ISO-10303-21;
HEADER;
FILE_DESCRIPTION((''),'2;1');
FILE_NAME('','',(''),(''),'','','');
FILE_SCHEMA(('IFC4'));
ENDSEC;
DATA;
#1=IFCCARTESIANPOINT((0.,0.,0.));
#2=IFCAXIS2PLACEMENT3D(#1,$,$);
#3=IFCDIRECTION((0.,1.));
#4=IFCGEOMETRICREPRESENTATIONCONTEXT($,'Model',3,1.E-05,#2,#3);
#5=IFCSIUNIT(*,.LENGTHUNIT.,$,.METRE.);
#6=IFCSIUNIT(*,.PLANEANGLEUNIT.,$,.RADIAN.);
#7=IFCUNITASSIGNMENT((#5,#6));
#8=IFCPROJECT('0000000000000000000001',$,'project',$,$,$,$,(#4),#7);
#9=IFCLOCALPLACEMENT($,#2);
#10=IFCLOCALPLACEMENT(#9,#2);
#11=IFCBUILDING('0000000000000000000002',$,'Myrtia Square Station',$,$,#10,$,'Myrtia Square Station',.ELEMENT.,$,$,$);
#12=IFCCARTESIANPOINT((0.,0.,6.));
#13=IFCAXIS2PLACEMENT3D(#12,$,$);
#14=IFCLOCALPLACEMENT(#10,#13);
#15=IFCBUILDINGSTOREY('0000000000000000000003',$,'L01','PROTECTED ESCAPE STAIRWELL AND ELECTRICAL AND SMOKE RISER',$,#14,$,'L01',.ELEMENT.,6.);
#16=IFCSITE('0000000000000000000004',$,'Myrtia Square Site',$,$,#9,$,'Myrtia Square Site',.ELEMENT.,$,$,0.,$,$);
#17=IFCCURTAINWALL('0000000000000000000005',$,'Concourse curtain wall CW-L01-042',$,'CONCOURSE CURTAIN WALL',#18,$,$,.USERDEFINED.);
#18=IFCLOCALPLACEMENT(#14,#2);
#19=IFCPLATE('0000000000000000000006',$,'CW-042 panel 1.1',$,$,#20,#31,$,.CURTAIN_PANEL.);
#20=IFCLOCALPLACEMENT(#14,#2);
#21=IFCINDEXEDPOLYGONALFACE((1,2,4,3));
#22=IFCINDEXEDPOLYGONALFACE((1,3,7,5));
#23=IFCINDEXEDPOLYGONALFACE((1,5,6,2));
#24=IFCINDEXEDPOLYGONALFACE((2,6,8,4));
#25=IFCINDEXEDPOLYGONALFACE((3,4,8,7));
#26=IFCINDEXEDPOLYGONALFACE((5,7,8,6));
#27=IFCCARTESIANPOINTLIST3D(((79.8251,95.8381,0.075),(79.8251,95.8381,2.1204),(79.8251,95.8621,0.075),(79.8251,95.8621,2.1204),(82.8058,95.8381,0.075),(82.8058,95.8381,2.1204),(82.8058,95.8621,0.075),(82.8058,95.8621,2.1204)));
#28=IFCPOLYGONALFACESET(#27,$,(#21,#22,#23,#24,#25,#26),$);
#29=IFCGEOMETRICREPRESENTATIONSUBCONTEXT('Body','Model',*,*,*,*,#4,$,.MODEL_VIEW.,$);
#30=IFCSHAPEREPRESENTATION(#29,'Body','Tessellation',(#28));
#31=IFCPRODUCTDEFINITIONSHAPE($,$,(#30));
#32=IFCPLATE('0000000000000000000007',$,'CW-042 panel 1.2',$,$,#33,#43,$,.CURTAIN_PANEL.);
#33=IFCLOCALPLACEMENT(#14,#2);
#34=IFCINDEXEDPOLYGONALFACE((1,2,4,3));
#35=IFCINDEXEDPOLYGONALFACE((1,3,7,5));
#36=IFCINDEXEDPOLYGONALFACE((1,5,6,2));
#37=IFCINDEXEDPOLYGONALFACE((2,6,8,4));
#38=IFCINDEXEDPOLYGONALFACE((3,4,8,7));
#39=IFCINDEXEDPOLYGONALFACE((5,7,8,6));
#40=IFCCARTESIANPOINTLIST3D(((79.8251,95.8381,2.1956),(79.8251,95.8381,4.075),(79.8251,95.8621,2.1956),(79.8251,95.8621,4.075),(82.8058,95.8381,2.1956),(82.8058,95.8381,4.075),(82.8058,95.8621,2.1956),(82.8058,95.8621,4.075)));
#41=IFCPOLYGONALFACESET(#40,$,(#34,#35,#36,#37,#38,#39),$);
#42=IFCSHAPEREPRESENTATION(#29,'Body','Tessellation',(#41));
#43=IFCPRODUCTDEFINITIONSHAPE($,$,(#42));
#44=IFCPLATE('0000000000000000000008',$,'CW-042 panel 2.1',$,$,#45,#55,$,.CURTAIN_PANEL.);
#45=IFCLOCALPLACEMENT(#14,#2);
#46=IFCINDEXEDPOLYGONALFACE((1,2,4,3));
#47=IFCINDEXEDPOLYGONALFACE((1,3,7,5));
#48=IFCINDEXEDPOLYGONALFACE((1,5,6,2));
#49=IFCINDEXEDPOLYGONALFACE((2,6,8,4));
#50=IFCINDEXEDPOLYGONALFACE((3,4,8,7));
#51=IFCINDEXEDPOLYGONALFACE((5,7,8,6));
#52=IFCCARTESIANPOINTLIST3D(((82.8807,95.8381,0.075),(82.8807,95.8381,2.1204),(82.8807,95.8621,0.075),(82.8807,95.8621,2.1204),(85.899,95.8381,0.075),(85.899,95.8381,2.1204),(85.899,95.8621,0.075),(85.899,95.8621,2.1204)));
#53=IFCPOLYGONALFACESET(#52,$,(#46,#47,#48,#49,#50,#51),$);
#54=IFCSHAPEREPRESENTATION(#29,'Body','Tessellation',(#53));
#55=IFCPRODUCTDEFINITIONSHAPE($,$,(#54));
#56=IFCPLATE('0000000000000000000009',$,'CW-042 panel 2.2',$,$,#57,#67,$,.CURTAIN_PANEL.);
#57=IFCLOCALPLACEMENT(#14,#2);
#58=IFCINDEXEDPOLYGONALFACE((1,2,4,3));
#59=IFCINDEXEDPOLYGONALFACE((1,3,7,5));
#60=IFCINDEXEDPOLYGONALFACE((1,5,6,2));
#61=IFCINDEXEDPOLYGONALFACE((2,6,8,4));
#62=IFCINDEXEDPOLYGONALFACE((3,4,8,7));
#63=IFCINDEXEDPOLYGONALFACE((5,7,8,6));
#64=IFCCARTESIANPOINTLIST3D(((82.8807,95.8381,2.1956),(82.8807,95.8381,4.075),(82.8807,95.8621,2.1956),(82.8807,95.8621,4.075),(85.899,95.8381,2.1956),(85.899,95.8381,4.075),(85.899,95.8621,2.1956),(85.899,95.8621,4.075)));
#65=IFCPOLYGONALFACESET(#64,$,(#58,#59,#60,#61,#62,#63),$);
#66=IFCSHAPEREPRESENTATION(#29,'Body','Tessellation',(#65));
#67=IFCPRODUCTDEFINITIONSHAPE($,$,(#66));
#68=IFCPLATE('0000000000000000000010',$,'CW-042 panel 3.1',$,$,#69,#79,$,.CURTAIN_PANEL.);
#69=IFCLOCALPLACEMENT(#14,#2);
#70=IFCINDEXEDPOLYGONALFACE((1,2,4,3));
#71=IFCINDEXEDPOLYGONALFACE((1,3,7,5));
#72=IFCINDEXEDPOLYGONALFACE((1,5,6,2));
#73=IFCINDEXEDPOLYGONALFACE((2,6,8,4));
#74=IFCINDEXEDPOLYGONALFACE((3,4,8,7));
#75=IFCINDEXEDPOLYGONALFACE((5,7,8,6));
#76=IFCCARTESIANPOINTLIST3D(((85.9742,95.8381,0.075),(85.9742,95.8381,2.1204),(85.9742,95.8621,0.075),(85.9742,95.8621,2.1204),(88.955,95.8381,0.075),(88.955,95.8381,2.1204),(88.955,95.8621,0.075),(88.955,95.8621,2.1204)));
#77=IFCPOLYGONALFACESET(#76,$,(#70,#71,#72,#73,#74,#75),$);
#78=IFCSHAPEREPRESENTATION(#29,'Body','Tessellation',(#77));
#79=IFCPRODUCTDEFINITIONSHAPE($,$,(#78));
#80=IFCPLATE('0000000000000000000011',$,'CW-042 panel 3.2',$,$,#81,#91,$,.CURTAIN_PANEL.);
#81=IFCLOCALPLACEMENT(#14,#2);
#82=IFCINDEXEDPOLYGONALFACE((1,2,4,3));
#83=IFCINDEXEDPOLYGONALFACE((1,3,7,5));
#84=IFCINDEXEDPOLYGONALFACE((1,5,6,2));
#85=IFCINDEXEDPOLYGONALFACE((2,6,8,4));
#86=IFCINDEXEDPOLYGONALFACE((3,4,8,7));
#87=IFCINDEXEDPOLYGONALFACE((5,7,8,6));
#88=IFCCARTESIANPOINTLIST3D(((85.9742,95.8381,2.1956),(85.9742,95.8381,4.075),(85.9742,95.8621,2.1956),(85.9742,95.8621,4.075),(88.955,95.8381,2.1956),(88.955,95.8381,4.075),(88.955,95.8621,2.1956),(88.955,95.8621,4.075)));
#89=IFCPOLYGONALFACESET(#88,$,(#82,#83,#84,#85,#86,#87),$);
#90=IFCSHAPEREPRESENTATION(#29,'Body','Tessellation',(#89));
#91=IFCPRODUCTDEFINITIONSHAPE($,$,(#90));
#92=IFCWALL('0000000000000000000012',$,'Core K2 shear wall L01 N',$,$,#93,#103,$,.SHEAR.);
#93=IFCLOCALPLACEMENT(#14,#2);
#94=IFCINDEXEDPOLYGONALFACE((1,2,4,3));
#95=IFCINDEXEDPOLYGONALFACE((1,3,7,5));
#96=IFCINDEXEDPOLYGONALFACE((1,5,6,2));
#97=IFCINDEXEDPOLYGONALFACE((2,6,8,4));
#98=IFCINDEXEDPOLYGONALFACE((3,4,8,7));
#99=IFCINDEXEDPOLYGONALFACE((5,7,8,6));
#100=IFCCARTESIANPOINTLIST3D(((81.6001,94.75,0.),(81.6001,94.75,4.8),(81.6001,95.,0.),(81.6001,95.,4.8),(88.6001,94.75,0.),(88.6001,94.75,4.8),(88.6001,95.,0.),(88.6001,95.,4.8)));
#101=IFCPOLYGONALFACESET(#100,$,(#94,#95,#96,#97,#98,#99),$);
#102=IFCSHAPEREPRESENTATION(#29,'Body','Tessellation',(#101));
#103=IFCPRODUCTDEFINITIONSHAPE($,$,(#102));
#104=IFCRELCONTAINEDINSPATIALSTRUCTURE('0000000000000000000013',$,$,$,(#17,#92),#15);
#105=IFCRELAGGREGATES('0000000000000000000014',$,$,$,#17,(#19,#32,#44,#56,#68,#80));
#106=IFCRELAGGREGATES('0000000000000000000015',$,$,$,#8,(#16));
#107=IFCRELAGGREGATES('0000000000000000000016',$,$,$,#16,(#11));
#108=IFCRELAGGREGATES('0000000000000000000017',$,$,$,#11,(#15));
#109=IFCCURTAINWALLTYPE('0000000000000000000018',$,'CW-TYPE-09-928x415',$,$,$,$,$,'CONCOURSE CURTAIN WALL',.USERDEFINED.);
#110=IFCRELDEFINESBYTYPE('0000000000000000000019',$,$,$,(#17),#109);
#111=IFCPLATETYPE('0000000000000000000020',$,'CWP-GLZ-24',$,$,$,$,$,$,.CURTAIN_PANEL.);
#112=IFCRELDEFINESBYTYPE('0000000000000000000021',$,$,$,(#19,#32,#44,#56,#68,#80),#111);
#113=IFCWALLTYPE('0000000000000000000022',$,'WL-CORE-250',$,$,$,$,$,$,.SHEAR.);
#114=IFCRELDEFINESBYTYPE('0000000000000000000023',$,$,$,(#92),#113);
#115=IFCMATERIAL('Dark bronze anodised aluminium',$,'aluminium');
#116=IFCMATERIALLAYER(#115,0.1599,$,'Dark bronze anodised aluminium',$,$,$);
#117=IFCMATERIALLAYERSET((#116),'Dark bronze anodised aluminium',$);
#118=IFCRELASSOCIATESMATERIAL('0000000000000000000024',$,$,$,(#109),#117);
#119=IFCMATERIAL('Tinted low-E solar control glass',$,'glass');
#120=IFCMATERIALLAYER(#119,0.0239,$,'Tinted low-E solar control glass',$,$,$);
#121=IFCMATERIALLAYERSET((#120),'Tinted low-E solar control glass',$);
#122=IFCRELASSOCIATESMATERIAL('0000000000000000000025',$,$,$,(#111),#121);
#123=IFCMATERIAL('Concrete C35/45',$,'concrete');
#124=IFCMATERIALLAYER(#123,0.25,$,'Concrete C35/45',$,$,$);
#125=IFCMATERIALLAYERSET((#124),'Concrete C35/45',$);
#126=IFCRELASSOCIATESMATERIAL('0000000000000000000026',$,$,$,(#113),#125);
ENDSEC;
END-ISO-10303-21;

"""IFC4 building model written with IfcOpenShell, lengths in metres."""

from ifc_helpers import new_model, si_unit, direction, frame, frame_2d, origin, origin_2d, place, context, subcontext, project, spatial, rectangle, extrude, material, layer, layer_set, type_object, element, aggregate, save


model = new_model("IFC4")

# Units and contexts
model_context = context("Model", 3, precision=1e-05, world=origin(), true_north=direction((0.0, 1.0)))
body_context = subcontext(model_context, "Body", "Model", "MODEL_VIEW")
ifc_project = project(units=[si_unit("LENGTHUNIT", "METRE"), si_unit("PLANEANGLEUNIT", "RADIAN")], contexts=[model_context])

# Site, building, storey
site_placement = place(None, origin())
site = spatial("IfcSite", under=ifc_project, at=site_placement, Name="Myrtia Square Site", LongName="Myrtia Square Site", CompositionType="ELEMENT", RefElevation=0.0)
building_placement = place(site_placement, origin())
building = spatial("IfcBuilding", under=site, at=building_placement, Name="Myrtia Square Station", LongName="Myrtia Square Station", CompositionType="ELEMENT")
storey_placement = place(building_placement, frame((0.0, 0.0, 6.0)))
storey = spatial("IfcBuildingStorey", under=building, at=storey_placement, Name="L01", Description="PROTECTED ESCAPE STAIRWELL AND ELECTRICAL AND SMOKE RISER", LongName="L01", CompositionType="ELEMENT", Elevation=6.0)

# Shared definitions
ifc_material_1 = material(Name="Dark bronze anodised aluminium", Category="aluminium")

# Curtain wall, plates
ifc_layer_1 = layer(ifc_material_1, 0.1599, Name="Dark bronze anodised aluminium")
ifc_layer_set_1 = layer_set([ifc_layer_1], Name="Dark bronze anodised aluminium")
curtain_wall_type_1 = type_object("IfcCurtainWallType", Name="CW-TYPE-09-928x415", ElementType="CONCOURSE CURTAIN WALL", PredefinedType="USERDEFINED", material=ifc_layer_set_1)
curtain_wall_1_placement = place(storey_placement, origin())
curtain_wall_1 = element("IfcCurtainWall", 1, at=curtain_wall_1_placement, inside=storey, type_object=curtain_wall_type_1, Name="Concourse curtain wall CW-L01-042", ObjectType="CONCOURSE CURTAIN WALL", PredefinedType="USERDEFINED")
ifc_material_2 = material(Name="Tinted low-E solar control glass", Category="glass")
ifc_layer_2 = layer(ifc_material_2, 0.0239, Name="Tinted low-E solar control glass")
ifc_layer_set_2 = layer_set([ifc_layer_2], Name="Tinted low-E solar control glass")
plate_type = type_object("IfcPlateType", Name="CWP-GLZ-24", PredefinedType="CURTAIN_PANEL", material=ifc_layer_set_2)
plate_1_placement = place(storey_placement, frame((81.3154, 95.8501, 0.075), z_axis=(0.0, 0.0, 1.0), x_axis=(1.0, 0.0, 0.0)))
plate_1 = element("IfcPlate", 2, at=plate_1_placement, type_object=plate_type, Name="CW-042 panel 1.1", PredefinedType="CURTAIN_PANEL", context=body_context, shape_type="SweptSolid", body=[
    extrude(rectangle(XDim=2.9807, YDim=0.0239, at=origin_2d()), origin(), (0.0, 0.0, 1.0), 2.0454),
])
plate_2_placement = place(storey_placement, frame((81.3154, 95.8501, 2.1956), z_axis=(0.0, 0.0, 1.0), x_axis=(1.0, 0.0, 0.0)))
plate_2 = element("IfcPlate", 3, at=plate_2_placement, type_object=plate_type, Name="CW-042 panel 1.2", PredefinedType="CURTAIN_PANEL", context=body_context, shape_type="SweptSolid", body=[
    extrude(rectangle(XDim=2.9807, YDim=0.0239, at=origin_2d()), origin(), (0.0, 0.0, 1.0), 1.8794),
])
plate_3_placement = place(storey_placement, frame((84.3899, 95.8501, 0.075), z_axis=(0.0, 0.0, 1.0), x_axis=(1.0, 0.0, 0.0)))
plate_3 = element("IfcPlate", 4, at=plate_3_placement, type_object=plate_type, Name="CW-042 panel 2.1", PredefinedType="CURTAIN_PANEL", context=body_context, shape_type="SweptSolid", body=[
    extrude(rectangle(XDim=3.0183, YDim=0.0239, at=origin_2d()), origin(), (0.0, 0.0, 1.0), 2.0454),
])
plate_4_placement = place(storey_placement, frame((84.3899, 95.8501, 2.1956), z_axis=(0.0, 0.0, 1.0), x_axis=(1.0, 0.0, 0.0)))
plate_4 = element("IfcPlate", 5, at=plate_4_placement, type_object=plate_type, Name="CW-042 panel 2.2", PredefinedType="CURTAIN_PANEL", context=body_context, shape_type="SweptSolid", body=[
    extrude(rectangle(XDim=3.0183, YDim=0.0239, at=origin_2d()), origin(), (0.0, 0.0, 1.0), 1.8794),
])
plate_5_placement = place(storey_placement, frame((87.4646, 95.8501, 0.075), z_axis=(0.0, 0.0, 1.0), x_axis=(1.0, 0.0, 0.0)))
plate_5 = element("IfcPlate", 6, at=plate_5_placement, type_object=plate_type, Name="CW-042 panel 3.1", PredefinedType="CURTAIN_PANEL", context=body_context, shape_type="SweptSolid", body=[
    extrude(rectangle(XDim=2.9807, YDim=0.0239, at=origin_2d()), origin(), (0.0, 0.0, 1.0), 2.0454),
])
plate_6_placement = place(storey_placement, frame((87.4646, 95.8501, 2.1956), z_axis=(0.0, 0.0, 1.0), x_axis=(1.0, 0.0, 0.0)))
plate_6 = element("IfcPlate", 7, at=plate_6_placement, type_object=plate_type, Name="CW-042 panel 3.2", PredefinedType="CURTAIN_PANEL", context=body_context, shape_type="SweptSolid", body=[
    extrude(rectangle(XDim=2.9807, YDim=0.0239, at=origin_2d()), origin(), (0.0, 0.0, 1.0), 1.8794),
])
aggregate(curtain_wall_1, [plate_1, plate_2, plate_3, plate_4, plate_5, plate_6])

# Wall
ifc_material_3 = material(Name="Concrete C35/45", Category="concrete")
ifc_layer_3 = layer(ifc_material_3, 0.25, Name="Concrete C35/45")
ifc_layer_set_3 = layer_set([ifc_layer_3], Name="Concrete C35/45")
wall_type = type_object("IfcWallType", Name="WL-CORE-250", PredefinedType="SHEAR", material=ifc_layer_set_3)
wall_placement = place(storey_placement, frame((81.6001, 94.875, 0.0), z_axis=(0.0, 0.0, 1.0), x_axis=(1.0, 0.0, 0.0)))
element("IfcWall", 8, at=wall_placement, inside=storey, type_object=wall_type, Name="Core K2 shear wall L01 N", PredefinedType="SHEAR", context=body_context, shape_type="SweptSolid", body=[
    extrude(rectangle(XDim=7.0, YDim=0.25, at=frame_2d((3.5, 0.0))), origin(), (0.0, 0.0, 1.0), 4.8),
])

save(model, "model.ifc")
